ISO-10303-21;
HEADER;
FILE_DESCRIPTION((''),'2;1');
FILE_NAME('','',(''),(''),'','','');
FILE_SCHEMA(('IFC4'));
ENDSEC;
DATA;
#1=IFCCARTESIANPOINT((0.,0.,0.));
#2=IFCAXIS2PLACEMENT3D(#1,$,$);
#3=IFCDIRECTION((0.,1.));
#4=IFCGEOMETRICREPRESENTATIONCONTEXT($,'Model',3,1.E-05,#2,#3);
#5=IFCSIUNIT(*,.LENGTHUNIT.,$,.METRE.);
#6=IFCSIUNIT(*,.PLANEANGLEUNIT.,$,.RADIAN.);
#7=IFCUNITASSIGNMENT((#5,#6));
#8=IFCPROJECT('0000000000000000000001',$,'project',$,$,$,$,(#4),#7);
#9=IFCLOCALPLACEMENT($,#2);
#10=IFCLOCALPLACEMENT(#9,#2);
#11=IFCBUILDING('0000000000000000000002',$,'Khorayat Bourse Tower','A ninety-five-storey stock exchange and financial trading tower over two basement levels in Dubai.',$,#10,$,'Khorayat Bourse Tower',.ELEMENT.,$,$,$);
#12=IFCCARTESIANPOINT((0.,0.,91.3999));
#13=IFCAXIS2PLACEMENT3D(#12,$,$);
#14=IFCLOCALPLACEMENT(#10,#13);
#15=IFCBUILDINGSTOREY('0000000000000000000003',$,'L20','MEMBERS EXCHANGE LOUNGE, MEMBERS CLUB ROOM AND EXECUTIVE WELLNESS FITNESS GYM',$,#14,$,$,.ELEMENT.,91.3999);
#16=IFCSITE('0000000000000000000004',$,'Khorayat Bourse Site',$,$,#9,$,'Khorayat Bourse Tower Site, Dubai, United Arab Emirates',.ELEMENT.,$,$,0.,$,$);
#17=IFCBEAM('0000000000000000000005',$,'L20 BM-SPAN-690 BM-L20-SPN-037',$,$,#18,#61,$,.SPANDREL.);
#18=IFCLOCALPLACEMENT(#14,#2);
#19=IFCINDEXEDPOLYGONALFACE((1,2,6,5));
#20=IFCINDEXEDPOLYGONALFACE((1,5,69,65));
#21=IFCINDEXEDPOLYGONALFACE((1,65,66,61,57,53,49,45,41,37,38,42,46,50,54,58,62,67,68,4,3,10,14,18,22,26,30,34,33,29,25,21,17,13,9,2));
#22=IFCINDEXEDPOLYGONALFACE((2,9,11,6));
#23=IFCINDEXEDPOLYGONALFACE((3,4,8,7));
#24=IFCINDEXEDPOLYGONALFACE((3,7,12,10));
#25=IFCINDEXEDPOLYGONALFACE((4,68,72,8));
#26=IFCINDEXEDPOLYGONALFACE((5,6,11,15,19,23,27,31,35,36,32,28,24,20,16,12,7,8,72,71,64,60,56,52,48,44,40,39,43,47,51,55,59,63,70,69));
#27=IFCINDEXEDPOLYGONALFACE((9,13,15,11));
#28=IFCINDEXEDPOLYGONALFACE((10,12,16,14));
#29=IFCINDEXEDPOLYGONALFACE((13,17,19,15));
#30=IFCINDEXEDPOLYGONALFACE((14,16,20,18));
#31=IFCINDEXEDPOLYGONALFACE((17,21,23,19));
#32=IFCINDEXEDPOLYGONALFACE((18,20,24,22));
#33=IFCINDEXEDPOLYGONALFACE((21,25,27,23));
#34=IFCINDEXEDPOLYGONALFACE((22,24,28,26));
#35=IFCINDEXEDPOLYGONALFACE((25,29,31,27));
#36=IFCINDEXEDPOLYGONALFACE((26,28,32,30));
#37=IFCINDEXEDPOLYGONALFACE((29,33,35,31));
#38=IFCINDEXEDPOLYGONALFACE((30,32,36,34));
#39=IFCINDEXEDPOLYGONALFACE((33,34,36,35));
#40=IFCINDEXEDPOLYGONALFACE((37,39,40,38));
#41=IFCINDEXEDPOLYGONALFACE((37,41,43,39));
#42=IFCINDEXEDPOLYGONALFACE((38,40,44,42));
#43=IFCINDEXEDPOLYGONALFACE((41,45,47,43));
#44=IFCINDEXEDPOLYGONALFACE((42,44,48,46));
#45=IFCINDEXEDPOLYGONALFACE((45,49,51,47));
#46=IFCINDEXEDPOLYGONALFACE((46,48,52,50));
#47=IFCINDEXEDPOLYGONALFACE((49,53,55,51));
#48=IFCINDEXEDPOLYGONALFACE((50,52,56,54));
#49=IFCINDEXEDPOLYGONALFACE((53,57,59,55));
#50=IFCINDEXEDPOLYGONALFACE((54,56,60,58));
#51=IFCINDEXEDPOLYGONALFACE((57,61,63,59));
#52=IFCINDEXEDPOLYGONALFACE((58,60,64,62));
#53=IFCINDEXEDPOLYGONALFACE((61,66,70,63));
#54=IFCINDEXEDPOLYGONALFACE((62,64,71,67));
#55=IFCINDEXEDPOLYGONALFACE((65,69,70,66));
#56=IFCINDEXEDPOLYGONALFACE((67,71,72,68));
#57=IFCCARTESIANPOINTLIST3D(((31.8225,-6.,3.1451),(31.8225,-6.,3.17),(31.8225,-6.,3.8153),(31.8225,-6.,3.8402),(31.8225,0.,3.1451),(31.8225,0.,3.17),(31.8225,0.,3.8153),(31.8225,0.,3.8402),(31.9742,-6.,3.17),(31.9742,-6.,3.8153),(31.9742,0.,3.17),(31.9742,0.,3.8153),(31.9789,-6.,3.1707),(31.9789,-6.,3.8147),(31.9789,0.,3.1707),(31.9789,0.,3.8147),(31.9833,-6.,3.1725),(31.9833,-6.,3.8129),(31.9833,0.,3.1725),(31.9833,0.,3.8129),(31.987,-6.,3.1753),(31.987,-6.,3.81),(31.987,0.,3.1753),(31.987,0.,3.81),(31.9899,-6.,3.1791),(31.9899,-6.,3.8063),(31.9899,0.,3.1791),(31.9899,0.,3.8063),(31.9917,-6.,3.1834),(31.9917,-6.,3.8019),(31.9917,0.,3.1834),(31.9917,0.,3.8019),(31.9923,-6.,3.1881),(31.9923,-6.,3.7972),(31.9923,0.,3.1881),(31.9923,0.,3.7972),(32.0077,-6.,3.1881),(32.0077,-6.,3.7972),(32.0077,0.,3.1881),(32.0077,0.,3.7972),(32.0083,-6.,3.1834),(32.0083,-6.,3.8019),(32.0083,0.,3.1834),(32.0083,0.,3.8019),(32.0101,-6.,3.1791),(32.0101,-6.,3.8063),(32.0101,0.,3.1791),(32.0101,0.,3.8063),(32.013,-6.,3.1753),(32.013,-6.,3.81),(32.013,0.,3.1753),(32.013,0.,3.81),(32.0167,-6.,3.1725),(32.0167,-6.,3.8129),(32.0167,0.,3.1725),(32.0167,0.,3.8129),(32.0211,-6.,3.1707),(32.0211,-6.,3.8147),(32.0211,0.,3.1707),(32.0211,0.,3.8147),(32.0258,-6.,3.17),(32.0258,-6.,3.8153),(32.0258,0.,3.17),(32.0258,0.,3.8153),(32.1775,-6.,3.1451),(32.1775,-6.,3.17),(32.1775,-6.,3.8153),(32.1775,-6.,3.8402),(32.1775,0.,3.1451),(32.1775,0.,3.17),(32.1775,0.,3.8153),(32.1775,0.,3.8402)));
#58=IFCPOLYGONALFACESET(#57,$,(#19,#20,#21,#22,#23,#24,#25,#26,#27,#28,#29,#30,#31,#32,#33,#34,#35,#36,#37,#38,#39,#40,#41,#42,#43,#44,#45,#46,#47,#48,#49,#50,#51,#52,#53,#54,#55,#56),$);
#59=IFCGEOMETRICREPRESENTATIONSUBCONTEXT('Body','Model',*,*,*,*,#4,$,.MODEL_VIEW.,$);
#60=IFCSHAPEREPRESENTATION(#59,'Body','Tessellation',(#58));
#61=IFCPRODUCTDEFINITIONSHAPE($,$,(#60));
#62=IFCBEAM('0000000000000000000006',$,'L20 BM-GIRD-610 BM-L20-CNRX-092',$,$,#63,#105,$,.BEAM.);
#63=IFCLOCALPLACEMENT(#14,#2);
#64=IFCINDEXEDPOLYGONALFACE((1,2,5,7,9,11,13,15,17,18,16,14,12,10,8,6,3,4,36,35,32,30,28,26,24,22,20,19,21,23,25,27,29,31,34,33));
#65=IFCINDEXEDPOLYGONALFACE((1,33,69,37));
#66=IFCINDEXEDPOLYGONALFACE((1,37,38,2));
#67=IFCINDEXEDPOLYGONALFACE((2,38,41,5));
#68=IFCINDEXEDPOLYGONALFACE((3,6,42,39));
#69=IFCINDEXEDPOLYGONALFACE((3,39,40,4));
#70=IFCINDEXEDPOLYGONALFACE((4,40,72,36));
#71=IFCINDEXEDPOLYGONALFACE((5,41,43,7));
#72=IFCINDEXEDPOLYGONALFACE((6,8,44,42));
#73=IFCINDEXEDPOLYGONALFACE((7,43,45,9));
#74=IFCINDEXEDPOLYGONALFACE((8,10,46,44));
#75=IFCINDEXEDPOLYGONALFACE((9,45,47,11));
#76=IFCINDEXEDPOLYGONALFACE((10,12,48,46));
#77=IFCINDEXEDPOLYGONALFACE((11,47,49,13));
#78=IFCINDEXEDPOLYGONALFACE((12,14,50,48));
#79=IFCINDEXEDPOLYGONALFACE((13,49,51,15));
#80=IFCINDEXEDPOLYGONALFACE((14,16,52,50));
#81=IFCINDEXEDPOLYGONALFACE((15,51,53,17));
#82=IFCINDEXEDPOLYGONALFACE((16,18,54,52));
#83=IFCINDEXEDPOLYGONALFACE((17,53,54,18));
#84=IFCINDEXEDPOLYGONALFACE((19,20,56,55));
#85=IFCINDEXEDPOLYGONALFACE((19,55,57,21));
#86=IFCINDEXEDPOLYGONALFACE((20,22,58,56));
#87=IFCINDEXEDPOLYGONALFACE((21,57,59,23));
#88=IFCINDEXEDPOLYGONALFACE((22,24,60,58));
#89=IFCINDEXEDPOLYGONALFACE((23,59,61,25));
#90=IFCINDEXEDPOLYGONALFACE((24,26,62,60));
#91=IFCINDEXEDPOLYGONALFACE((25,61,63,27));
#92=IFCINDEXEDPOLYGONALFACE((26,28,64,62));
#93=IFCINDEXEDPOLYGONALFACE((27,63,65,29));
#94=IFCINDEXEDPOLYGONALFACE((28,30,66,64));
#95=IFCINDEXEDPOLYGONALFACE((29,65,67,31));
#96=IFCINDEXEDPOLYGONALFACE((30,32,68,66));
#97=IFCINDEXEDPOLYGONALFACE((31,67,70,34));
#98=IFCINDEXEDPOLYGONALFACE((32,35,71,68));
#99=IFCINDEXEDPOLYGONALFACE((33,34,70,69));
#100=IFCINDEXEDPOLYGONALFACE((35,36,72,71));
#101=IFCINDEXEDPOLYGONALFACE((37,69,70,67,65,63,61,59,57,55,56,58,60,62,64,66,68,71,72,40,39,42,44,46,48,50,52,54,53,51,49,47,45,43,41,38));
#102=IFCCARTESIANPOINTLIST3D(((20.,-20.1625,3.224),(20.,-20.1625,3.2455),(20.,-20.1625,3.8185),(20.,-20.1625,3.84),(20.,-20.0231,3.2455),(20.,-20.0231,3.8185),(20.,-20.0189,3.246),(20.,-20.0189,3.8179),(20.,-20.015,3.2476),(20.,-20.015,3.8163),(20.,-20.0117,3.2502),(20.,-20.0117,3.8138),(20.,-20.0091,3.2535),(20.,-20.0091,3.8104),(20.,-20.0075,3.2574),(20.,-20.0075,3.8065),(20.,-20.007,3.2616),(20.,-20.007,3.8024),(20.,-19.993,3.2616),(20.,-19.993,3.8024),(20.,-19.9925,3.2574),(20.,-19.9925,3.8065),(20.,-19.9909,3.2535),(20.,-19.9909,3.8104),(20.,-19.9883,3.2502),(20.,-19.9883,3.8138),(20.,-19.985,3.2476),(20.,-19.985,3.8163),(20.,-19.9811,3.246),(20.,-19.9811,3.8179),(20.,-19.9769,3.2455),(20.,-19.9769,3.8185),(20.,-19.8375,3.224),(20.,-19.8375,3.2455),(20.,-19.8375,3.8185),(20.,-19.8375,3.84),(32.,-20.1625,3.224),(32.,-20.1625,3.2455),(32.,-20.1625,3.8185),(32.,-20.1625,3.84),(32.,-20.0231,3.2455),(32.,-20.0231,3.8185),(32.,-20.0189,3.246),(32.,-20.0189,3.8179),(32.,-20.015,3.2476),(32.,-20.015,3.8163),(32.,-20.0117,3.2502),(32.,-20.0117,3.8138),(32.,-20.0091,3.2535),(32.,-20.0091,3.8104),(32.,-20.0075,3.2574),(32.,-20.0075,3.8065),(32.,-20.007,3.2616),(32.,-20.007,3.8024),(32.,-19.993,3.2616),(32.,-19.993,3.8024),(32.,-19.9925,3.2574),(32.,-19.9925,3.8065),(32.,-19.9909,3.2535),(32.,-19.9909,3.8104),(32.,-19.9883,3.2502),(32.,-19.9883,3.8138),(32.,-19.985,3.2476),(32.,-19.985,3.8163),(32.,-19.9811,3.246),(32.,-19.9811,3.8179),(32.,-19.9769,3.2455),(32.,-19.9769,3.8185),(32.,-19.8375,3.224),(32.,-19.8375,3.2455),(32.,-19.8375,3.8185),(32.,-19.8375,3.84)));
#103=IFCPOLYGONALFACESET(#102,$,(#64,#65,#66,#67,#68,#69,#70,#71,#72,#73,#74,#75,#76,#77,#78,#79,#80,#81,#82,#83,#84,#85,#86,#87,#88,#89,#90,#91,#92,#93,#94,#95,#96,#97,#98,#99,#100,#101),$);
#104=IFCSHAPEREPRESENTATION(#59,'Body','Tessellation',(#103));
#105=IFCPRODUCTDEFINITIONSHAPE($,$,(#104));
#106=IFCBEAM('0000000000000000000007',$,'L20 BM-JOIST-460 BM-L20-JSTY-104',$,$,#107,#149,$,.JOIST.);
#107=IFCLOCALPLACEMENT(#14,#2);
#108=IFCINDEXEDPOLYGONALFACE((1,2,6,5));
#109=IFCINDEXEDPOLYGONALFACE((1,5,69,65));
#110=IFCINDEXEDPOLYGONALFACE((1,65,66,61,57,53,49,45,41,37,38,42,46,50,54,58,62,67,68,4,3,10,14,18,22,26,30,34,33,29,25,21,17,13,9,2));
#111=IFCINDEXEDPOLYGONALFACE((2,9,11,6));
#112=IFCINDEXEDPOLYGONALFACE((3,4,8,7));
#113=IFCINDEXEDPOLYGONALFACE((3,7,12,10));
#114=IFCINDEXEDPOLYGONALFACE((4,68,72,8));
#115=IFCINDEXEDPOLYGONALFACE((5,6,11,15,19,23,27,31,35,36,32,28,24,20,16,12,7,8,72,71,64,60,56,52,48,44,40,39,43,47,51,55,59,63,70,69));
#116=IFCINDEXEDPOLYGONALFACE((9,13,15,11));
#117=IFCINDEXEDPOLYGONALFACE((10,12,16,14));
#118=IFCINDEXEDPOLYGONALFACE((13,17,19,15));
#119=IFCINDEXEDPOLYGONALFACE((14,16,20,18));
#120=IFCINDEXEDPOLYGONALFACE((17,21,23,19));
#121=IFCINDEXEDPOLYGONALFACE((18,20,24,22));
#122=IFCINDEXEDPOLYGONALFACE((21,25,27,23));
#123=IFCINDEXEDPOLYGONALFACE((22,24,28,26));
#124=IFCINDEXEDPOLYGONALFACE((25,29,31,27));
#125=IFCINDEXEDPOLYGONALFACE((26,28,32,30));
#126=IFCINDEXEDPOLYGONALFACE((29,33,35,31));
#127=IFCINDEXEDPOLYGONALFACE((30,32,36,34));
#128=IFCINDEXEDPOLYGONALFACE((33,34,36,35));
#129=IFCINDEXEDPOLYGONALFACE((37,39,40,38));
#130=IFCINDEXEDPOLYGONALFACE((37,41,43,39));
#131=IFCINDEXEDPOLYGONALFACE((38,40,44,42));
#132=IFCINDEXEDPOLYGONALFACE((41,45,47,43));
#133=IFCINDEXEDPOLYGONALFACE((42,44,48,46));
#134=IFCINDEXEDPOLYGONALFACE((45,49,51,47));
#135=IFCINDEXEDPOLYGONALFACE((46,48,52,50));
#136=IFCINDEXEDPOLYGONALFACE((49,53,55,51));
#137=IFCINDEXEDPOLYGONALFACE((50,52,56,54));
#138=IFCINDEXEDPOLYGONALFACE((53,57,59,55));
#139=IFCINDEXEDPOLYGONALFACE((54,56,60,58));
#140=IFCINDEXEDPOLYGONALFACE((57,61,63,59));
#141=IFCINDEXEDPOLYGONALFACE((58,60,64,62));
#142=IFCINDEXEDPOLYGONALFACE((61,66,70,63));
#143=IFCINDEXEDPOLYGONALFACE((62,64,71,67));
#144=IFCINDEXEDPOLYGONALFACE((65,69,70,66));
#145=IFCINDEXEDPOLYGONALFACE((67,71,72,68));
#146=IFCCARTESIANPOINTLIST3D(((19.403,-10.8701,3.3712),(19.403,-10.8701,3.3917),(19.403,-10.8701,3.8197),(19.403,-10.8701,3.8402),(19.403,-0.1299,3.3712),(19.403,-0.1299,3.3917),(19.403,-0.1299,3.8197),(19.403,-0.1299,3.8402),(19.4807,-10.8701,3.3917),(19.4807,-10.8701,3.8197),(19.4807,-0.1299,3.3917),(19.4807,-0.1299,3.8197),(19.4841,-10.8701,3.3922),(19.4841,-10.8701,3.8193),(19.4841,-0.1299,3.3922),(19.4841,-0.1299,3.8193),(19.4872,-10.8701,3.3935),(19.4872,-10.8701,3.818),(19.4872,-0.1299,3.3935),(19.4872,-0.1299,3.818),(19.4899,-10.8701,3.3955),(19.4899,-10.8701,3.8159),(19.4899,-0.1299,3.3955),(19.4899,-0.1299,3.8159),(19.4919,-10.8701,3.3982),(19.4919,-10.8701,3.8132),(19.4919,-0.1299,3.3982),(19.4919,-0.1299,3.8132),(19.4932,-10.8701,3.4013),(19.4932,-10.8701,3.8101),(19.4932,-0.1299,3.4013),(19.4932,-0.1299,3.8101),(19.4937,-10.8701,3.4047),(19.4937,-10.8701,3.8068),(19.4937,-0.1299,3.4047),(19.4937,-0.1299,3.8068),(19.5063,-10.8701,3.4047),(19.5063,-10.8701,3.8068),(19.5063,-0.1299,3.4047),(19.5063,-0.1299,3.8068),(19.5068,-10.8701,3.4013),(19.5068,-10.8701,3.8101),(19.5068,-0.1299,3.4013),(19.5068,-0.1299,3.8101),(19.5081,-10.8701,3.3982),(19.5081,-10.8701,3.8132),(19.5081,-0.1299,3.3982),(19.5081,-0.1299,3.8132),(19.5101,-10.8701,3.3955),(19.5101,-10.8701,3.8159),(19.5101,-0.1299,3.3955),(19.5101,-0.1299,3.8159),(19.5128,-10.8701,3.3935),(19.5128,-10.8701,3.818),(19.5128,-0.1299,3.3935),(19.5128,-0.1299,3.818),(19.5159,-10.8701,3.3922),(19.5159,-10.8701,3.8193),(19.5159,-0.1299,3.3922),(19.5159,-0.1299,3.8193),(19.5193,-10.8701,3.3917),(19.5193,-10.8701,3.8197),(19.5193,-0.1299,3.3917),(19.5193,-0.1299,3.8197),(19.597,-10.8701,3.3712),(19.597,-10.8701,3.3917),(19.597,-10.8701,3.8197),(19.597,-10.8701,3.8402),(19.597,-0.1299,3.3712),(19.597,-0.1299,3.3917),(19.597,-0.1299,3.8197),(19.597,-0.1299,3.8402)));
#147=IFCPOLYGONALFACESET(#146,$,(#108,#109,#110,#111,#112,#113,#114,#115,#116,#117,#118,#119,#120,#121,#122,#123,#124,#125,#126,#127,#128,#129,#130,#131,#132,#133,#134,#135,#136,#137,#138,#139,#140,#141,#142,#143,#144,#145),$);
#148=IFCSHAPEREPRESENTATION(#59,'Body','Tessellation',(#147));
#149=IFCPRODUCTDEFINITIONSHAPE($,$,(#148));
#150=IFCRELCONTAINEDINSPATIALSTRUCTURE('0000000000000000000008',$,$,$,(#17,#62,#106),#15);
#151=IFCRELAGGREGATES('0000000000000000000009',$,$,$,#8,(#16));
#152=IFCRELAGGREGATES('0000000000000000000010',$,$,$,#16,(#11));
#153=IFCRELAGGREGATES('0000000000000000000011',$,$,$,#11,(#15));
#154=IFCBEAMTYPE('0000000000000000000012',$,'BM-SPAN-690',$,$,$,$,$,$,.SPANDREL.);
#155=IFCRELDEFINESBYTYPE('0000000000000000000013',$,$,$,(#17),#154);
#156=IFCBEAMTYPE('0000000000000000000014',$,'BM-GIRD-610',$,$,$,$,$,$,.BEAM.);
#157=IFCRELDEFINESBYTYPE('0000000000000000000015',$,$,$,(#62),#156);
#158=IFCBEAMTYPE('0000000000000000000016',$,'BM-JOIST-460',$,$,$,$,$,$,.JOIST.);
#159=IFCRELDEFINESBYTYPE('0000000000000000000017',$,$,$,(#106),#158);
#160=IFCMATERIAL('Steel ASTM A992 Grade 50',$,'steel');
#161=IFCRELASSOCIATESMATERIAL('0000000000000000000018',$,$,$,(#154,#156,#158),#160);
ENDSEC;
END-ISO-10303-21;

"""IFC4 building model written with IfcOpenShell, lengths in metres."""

from ifc_helpers import new_model, si_unit, direction, frame, origin, origin_2d, place, context, subcontext, project, spatial, i_section, extrude, source, transform, mapped, material, material_profile, profile_set, type_object, element, save


model = new_model("IFC4")

# Units and contexts
model_context = context("Model", 3, precision=1e-05, world=origin(), true_north=direction((0.0, 1.0)))
body_context = subcontext(model_context, "Body", "Model", "MODEL_VIEW")
ifc_project = project(units=[si_unit("LENGTHUNIT", "METRE"), si_unit("PLANEANGLEUNIT", "RADIAN")], contexts=[model_context])

# Site, building, storey
site_placement = place(None, origin())
site = spatial("IfcSite", under=ifc_project, at=site_placement, Name="Khorayat Bourse Site", LongName="Khorayat Bourse Tower Site, Dubai, United Arab Emirates", CompositionType="ELEMENT", RefElevation=0.0)
building_placement = place(site_placement, origin())
building = spatial("IfcBuilding", under=site, at=building_placement, Name="Khorayat Bourse Tower", Description="A ninety-five-storey stock exchange and financial trading tower over two basement levels in Dubai.", LongName="Khorayat Bourse Tower", CompositionType="ELEMENT")
storey_placement = place(building_placement, frame((0.0, 0.0, 91.3999)))
storey = spatial("IfcBuildingStorey", under=building, at=storey_placement, Name="L20", Description="MEMBERS EXCHANGE LOUNGE, MEMBERS CLUB ROOM AND EXECUTIVE WELLNESS FITNESS GYM", CompositionType="ELEMENT", Elevation=91.3999)

# Beams
ifc_material_1 = material(Name="Steel ASTM A992 Grade 50", Category="steel")
ifc_material_profile_1 = material_profile(ifc_material_1, i_section(OverallWidth=0.355, OverallDepth=0.6951, WebThickness=0.0154, FlangeThickness=0.0249, FilletRadius=0.0181, at=origin_2d()), Name="W690X217")
ifc_profile_set_1 = profile_set([ifc_material_profile_1], Name="Steel ASTM A992 Grade 50")
beam_type_1 = type_object("IfcBeamType", Name="BM-SPAN-690", PredefinedType="SPANDREL", material=ifc_profile_set_1)
shared_shape_1 = source(origin(), body_context, "Body", "SweptSolid", [
    extrude(i_section(OverallWidth=0.355, OverallDepth=0.6951, WebThickness=0.0154, FlangeThickness=0.0249, FilletRadius=0.0181, at=origin_2d()), origin(), (0.0, 0.0, 1.0), 6.0),
])
beam_1_placement = place(storey_placement, frame((32.0, -6.0, 3.4927), z_axis=(0.0, 1.0, 0.0), x_axis=(-1.0, 0.0, 0.0)))
element("IfcBeam", 1, at=beam_1_placement, inside=storey, type_object=beam_type_1, Name="L20 BM-SPAN-690 BM-L20-SPN-037", PredefinedType="SPANDREL", context=body_context, shape_type="MappedRepresentation", body=[
    mapped(shared_shape_1, transform((0.0, 0.0, 0.0), scale=1.0)),
])
ifc_material_profile_2 = material_profile(ifc_material_1, i_section(OverallWidth=0.325, OverallDepth=0.616, WebThickness=0.0139, FlangeThickness=0.0215, FilletRadius=0.0161, at=origin_2d()), Name="W610X174")
ifc_profile_set_2 = profile_set([ifc_material_profile_2], Name="Steel ASTM A992 Grade 50")
beam_type_2 = type_object("IfcBeamType", Name="BM-GIRD-610", PredefinedType="BEAM", material=ifc_profile_set_2)
shared_shape_2 = source(origin(), body_context, "Body", "SweptSolid", [
    extrude(i_section(OverallWidth=0.325, OverallDepth=0.616, WebThickness=0.0139, FlangeThickness=0.0215, FilletRadius=0.0161, at=origin_2d()), origin(), (0.0, 0.0, 1.0), 12.0),
])
beam_2_placement = place(storey_placement, frame((20.0, -20.0, 3.532), z_axis=(1.0, 0.0, 0.0), x_axis=(0.0, 1.0, 0.0)))
element("IfcBeam", 2, at=beam_2_placement, inside=storey, type_object=beam_type_2, Name="L20 BM-GIRD-610 BM-L20-CNRX-092", PredefinedType="BEAM", context=body_context, shape_type="MappedRepresentation", body=[
    mapped(shared_shape_2, transform((0.0, 0.0, 0.0), scale=1.0)),
])
ifc_material_profile_3 = material_profile(ifc_material_1, i_section(OverallWidth=0.1941, OverallDepth=0.469, WebThickness=0.0127, FlangeThickness=0.0205, FilletRadius=0.0129, at=origin_2d()), Name="W460X106")
ifc_profile_set_3 = profile_set([ifc_material_profile_3], Name="Steel ASTM A992 Grade 50")
beam_type_3 = type_object("IfcBeamType", Name="BM-JOIST-460", PredefinedType="JOIST", material=ifc_profile_set_3)
shared_shape_3 = source(origin(), body_context, "Body", "SweptSolid", [
    extrude(i_section(OverallWidth=0.1941, OverallDepth=0.469, WebThickness=0.0127, FlangeThickness=0.0205, FilletRadius=0.0129, at=origin_2d()), origin(), (0.0, 0.0, 1.0), 10.7402),
])
beam_3_placement = place(storey_placement, frame((19.5, -10.8701, 3.6057), z_axis=(0.0, 1.0, 0.0), x_axis=(-1.0, 0.0, 0.0)))
element("IfcBeam", 3, at=beam_3_placement, inside=storey, type_object=beam_type_3, Name="L20 BM-JOIST-460 BM-L20-JSTY-104", PredefinedType="JOIST", context=body_context, shape_type="MappedRepresentation", body=[
    mapped(shared_shape_3, transform((0.0, 0.0, 0.0), scale=1.0)),
])

save(model, "model.ifc")
